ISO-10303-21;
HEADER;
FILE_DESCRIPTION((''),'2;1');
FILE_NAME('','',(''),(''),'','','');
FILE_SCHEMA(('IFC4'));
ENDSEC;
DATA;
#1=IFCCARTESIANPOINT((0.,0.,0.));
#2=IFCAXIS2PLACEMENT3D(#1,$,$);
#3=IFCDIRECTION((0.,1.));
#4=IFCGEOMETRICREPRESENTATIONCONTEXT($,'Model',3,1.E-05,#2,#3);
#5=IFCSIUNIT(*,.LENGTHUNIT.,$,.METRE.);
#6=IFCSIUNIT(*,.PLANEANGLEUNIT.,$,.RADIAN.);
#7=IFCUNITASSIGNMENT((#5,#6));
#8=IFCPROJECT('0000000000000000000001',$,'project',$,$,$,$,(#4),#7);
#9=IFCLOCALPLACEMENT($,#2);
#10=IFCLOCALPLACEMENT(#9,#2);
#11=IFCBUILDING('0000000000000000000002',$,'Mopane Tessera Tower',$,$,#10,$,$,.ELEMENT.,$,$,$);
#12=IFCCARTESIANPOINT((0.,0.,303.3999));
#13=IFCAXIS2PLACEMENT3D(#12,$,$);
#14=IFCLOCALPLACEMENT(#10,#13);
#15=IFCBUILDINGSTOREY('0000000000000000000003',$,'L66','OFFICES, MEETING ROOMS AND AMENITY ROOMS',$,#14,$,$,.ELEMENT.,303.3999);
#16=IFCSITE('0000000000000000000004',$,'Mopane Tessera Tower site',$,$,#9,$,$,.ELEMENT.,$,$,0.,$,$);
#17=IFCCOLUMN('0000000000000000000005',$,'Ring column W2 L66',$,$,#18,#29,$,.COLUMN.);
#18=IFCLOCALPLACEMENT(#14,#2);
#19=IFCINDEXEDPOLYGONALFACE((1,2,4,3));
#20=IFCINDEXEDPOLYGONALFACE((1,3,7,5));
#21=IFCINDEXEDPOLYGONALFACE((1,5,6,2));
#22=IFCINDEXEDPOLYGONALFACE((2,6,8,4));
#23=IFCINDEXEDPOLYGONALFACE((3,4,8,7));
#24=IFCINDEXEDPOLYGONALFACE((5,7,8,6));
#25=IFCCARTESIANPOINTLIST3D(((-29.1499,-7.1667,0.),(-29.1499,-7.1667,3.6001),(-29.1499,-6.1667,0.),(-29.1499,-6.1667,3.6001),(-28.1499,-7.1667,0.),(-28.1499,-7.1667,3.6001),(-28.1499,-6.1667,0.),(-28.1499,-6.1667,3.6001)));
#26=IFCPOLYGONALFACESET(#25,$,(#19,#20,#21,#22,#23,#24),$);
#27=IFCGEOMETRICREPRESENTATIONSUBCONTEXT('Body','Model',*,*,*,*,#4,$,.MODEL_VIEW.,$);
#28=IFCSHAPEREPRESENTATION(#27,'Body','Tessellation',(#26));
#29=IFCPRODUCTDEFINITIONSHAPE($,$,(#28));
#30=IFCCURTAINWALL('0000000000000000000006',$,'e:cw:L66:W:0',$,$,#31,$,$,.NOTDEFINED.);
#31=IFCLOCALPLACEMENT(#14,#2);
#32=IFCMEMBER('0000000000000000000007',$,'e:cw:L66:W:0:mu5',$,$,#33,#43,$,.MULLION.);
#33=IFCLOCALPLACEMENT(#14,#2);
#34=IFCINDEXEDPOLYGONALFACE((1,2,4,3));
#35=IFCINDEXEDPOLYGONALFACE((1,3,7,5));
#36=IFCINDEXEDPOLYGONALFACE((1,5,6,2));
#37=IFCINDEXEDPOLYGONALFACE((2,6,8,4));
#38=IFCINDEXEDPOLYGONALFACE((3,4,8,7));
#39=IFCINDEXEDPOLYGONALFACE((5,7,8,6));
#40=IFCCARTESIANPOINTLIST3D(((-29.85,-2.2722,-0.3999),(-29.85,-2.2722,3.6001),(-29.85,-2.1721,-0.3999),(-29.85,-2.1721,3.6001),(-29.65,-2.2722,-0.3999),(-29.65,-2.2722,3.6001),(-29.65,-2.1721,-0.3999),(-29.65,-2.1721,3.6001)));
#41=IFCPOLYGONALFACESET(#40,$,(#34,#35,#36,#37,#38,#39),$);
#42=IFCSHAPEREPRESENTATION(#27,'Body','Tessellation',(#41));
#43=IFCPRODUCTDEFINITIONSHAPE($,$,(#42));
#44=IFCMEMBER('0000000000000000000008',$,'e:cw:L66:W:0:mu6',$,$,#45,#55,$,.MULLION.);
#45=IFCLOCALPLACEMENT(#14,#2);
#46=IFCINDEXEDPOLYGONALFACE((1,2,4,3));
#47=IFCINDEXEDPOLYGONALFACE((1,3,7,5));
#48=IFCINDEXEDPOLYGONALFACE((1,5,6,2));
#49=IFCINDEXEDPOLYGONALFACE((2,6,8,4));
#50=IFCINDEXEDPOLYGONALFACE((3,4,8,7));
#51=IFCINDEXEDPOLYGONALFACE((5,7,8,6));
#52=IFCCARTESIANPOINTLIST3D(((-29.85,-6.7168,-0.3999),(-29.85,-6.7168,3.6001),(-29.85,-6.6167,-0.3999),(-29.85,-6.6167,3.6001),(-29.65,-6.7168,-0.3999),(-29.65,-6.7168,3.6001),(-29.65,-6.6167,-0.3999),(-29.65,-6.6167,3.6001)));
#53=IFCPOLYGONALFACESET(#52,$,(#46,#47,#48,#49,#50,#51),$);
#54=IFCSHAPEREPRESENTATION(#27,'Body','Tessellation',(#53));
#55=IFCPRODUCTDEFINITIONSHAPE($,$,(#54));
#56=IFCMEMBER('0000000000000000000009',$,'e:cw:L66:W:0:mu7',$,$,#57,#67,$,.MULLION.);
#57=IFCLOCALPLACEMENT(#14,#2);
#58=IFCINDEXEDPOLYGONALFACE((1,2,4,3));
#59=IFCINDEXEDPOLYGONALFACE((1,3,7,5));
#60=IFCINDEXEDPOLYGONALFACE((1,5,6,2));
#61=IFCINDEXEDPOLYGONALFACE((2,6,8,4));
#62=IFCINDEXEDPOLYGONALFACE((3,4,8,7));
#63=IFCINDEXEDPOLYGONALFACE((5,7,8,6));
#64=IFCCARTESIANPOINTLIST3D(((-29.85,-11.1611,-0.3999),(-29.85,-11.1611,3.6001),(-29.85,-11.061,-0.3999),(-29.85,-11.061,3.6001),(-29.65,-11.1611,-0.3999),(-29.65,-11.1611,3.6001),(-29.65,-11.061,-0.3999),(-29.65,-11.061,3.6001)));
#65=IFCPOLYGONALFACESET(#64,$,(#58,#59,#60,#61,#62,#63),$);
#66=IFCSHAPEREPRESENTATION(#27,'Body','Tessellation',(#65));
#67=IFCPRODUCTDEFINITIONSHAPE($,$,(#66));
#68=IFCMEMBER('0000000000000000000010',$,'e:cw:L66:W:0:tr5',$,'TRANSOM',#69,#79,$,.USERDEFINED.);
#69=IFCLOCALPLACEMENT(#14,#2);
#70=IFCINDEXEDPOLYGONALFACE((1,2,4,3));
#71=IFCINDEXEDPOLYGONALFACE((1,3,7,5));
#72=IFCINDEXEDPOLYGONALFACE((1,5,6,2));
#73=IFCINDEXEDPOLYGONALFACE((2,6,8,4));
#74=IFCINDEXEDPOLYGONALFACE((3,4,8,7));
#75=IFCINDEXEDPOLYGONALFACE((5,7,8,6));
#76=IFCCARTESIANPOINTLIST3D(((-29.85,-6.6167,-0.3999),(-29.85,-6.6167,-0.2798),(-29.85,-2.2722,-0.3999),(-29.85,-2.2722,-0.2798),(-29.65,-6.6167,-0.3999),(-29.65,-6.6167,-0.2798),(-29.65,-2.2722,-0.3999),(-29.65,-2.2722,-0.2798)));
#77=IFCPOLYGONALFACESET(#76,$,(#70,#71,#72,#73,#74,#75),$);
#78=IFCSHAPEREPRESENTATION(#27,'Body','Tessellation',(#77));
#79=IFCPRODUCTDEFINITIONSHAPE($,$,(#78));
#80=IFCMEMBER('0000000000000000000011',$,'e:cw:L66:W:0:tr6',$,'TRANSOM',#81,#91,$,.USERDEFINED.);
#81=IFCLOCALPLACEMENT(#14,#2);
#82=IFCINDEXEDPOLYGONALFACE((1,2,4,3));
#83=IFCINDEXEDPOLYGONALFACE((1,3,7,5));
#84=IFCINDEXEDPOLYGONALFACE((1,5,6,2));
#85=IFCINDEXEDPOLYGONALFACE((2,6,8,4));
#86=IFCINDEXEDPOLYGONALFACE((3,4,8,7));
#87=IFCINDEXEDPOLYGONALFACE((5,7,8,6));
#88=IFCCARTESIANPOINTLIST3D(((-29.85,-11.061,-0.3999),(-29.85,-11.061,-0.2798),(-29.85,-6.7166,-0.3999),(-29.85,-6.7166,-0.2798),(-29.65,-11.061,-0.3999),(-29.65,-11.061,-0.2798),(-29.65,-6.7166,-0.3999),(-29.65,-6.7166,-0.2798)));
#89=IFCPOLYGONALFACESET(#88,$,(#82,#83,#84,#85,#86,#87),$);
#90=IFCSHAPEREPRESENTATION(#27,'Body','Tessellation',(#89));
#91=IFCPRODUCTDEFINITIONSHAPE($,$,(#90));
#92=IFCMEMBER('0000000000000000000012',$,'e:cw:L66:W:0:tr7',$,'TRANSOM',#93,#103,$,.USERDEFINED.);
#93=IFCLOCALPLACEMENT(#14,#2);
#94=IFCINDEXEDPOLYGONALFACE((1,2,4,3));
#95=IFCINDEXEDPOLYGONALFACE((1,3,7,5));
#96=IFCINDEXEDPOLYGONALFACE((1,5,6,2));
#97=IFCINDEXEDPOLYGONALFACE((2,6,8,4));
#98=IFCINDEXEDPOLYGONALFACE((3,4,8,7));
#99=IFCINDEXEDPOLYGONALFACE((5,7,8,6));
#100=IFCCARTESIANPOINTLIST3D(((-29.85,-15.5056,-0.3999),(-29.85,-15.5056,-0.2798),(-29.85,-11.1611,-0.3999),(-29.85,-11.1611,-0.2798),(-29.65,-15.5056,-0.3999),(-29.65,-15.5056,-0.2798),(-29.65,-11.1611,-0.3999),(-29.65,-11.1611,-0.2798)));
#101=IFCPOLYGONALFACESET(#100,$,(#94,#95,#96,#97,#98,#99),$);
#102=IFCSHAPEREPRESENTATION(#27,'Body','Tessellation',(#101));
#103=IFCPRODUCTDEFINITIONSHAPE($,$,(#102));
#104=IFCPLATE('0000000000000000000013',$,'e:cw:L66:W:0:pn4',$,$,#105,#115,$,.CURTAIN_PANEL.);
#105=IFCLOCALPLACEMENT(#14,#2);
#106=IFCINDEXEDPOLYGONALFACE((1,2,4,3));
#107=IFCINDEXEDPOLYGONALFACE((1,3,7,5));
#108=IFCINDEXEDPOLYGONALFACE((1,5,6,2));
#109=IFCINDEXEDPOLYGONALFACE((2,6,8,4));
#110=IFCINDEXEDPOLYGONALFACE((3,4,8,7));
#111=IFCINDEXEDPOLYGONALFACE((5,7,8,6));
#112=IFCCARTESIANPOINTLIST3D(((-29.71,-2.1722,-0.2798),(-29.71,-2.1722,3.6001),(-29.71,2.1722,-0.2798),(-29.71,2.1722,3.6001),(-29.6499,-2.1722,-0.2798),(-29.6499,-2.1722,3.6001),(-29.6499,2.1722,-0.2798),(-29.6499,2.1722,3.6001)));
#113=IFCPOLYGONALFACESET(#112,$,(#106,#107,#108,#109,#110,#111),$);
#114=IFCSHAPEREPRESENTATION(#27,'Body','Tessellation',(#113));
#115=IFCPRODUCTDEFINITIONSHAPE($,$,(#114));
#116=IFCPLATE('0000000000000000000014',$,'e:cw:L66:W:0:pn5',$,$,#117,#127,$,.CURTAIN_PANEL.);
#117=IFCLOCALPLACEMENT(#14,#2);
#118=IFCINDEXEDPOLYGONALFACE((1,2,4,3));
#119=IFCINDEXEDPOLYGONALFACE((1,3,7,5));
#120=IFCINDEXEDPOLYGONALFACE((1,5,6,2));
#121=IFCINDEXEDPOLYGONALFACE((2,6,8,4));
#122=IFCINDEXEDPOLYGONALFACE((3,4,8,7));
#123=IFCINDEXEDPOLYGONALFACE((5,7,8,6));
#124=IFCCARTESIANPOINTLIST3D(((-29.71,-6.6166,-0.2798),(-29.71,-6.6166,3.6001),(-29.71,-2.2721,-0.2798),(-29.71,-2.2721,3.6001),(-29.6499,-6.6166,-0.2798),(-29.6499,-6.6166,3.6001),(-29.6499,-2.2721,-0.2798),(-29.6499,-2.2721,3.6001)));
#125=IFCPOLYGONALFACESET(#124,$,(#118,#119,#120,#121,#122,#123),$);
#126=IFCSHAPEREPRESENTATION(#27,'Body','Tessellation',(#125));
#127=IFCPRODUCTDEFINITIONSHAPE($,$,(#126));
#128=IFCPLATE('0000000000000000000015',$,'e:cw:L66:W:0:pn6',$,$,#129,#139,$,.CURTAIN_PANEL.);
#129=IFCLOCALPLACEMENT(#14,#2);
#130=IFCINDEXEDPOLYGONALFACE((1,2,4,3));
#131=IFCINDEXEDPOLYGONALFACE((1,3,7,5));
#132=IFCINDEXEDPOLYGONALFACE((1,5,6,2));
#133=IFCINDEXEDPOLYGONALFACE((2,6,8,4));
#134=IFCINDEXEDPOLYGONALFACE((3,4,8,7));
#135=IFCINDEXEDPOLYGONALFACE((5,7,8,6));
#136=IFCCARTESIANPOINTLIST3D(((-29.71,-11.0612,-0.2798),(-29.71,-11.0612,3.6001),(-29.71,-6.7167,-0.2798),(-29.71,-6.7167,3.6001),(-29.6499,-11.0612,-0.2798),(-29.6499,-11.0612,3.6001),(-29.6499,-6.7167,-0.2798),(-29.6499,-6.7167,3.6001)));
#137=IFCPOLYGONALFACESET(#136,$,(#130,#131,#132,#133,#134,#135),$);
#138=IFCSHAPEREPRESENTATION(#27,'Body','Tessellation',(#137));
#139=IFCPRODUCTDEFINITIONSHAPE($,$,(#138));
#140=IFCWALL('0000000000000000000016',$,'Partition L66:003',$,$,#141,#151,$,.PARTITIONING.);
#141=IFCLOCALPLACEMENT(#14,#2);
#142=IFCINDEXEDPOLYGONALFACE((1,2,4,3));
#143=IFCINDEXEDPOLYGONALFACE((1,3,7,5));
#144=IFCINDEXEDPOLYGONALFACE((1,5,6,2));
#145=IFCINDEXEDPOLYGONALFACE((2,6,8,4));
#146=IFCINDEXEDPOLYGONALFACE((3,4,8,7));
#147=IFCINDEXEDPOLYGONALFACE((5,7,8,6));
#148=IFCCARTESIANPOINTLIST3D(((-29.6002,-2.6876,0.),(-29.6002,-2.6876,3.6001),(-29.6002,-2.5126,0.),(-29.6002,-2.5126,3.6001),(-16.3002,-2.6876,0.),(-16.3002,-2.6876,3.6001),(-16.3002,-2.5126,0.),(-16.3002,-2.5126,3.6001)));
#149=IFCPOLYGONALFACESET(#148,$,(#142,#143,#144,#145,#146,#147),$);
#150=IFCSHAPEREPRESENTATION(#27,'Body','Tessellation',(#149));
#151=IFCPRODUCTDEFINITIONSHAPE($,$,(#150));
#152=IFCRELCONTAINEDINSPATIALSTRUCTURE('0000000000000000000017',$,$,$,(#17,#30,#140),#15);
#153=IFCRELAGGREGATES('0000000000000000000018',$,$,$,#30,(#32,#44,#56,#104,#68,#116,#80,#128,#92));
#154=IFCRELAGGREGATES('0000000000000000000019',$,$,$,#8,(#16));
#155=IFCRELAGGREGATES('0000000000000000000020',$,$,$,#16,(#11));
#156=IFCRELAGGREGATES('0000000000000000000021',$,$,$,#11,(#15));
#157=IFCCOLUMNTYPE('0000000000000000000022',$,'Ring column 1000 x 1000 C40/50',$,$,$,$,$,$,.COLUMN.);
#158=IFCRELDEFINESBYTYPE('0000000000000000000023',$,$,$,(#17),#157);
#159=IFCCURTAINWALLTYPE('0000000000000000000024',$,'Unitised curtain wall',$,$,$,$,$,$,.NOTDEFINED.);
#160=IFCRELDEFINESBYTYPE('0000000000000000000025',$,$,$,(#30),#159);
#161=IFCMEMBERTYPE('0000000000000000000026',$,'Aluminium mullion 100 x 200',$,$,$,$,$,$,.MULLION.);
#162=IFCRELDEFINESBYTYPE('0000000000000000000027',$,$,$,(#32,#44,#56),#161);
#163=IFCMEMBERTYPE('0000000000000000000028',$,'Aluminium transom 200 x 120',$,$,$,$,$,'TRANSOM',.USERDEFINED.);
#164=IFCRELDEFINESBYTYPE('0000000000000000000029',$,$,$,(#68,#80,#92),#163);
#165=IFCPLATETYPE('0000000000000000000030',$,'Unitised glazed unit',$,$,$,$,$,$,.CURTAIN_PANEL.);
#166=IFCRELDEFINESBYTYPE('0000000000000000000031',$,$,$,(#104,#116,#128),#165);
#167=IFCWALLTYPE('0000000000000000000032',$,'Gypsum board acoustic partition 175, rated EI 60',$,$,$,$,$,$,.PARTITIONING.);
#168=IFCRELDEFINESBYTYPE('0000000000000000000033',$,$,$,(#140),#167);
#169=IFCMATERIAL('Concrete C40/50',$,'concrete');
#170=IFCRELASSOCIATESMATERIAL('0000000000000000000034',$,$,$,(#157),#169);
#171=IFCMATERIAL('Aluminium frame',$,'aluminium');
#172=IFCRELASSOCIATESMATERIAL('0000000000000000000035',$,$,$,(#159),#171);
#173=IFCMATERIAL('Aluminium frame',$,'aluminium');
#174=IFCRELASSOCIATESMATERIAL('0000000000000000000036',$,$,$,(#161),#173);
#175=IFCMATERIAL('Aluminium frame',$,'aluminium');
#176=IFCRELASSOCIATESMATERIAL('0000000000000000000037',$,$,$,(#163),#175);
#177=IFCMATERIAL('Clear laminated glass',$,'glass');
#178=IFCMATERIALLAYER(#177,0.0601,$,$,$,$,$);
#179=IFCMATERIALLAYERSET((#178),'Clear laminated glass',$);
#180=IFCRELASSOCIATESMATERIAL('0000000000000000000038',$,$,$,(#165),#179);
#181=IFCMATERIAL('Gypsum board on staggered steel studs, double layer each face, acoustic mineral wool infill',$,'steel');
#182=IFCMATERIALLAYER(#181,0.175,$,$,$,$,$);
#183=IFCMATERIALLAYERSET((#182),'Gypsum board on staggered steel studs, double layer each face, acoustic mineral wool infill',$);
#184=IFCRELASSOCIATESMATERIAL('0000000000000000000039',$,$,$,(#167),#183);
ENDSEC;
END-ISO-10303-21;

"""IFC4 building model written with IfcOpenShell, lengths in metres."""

from ifc_helpers import new_model, si_unit, direction, frame, frame_2d, origin, origin_2d, place, context, subcontext, project, spatial, rectangle, extrude, material, layer, layer_set, material_profile, profile_set, type_object, element, aggregate, save


model = new_model("IFC4")

# Units and contexts
model_context = context("Model", 3, precision=1e-05, world=origin(), true_north=direction((0.0, 1.0)))
body_context = subcontext(model_context, "Body", "Model", "MODEL_VIEW")
ifc_project = project(units=[si_unit("LENGTHUNIT", "METRE"), si_unit("PLANEANGLEUNIT", "RADIAN")], contexts=[model_context])

# Site, building, storey
site_placement = place(None, origin())
site = spatial("IfcSite", under=ifc_project, at=site_placement, Name="Mopane Tessera Tower site", CompositionType="ELEMENT", RefElevation=0.0)
building_placement = place(site_placement, origin())
building = spatial("IfcBuilding", under=site, at=building_placement, Name="Mopane Tessera Tower", CompositionType="ELEMENT")
storey_placement = place(building_placement, frame((0.0, 0.0, 303.3999)))
storey = spatial("IfcBuildingStorey", under=building, at=storey_placement, Name="L66", Description="OFFICES, MEETING ROOMS AND AMENITY ROOMS", CompositionType="ELEMENT", Elevation=303.3999)

# Column
ifc_material_1 = material(Name="Concrete C40/50", Category="concrete")
ifc_material_profile_1 = material_profile(ifc_material_1, rectangle(XDim=1.0, YDim=1.0, at=origin_2d()))
ifc_profile_set_1 = profile_set([ifc_material_profile_1], Name="Concrete C40/50")
column_type = type_object("IfcColumnType", Name="Ring column 1000 x 1000 C40/50", PredefinedType="COLUMN", material=ifc_profile_set_1)
column_placement = place(storey_placement, frame((-28.6499, -6.6667, 0.0), z_axis=(0.0, 0.0, 1.0), x_axis=(1.0, 0.0, 0.0)))
element("IfcColumn", 1, at=column_placement, inside=storey, type_object=column_type, Name="Ring column W2 L66", PredefinedType="COLUMN", context=body_context, shape_type="SweptSolid", body=[
    extrude(rectangle(XDim=1.0, YDim=1.0, at=origin_2d()), origin(), (0.0, 0.0, 1.0), 3.6001),
])

# Curtain wall, members, plates
ifc_material_2 = material(Name="Aluminium frame", Category="aluminium")
curtain_wall_type = type_object("IfcCurtainWallType", Name="Unitised curtain wall", PredefinedType="NOTDEFINED", material=ifc_material_2)
curtain_wall_placement = place(storey_placement, origin())
curtain_wall = element("IfcCurtainWall", 2, at=curtain_wall_placement, inside=storey, type_object=curtain_wall_type, Name="e:cw:L66:W:0", PredefinedType="NOTDEFINED")
ifc_material_3 = material(Name="Aluminium frame", Category="aluminium")
ifc_material_profile_2 = material_profile(ifc_material_3, rectangle(XDim=0.1001, YDim=0.2, at=origin_2d()))
ifc_profile_set_2 = profile_set([ifc_material_profile_2], Name="Aluminium frame")
member_type_1 = type_object("IfcMemberType", Name="Aluminium mullion 100 x 200", PredefinedType="MULLION", material=ifc_profile_set_2)
member_1_placement = place(storey_placement, frame((-29.75, -2.2222, -0.3999), z_axis=(0.0, 0.0, 1.0), x_axis=(0.0, -1.0, 0.0)))
member_1 = element("IfcMember", 3, at=member_1_placement, type_object=member_type_1, Name="e:cw:L66:W:0:mu5", PredefinedType="MULLION", context=body_context, shape_type="SweptSolid", body=[
    extrude(rectangle(XDim=0.1001, YDim=0.2, at=origin_2d()), origin(), (0.0, 0.0, 1.0), 4.0),
])
member_2_placement = place(storey_placement, frame((-29.75, -6.6667, -0.3999), z_axis=(0.0, 0.0, 1.0), x_axis=(0.0, -1.0, 0.0)))
member_2 = element("IfcMember", 4, at=member_2_placement, type_object=member_type_1, Name="e:cw:L66:W:0:mu6", PredefinedType="MULLION", context=body_context, shape_type="SweptSolid", body=[
    extrude(rectangle(XDim=0.1001, YDim=0.2, at=origin_2d()), origin(), (0.0, 0.0, 1.0), 4.0),
])
member_3_placement = place(storey_placement, frame((-29.75, -11.1111, -0.3999), z_axis=(0.0, 0.0, 1.0), x_axis=(0.0, -1.0, 0.0)))
member_3 = element("IfcMember", 5, at=member_3_placement, type_object=member_type_1, Name="e:cw:L66:W:0:mu7", PredefinedType="MULLION", context=body_context, shape_type="SweptSolid", body=[
    extrude(rectangle(XDim=0.1001, YDim=0.2, at=origin_2d()), origin(), (0.0, 0.0, 1.0), 4.0),
])
ifc_material_4 = material(Name="Aluminium frame", Category="aluminium")
ifc_material_profile_3 = material_profile(ifc_material_4, rectangle(XDim=0.2, YDim=0.1201, at=origin_2d()))
ifc_profile_set_3 = profile_set([ifc_material_profile_3], Name="Aluminium frame")
member_type_2 = type_object("IfcMemberType", Name="Aluminium transom 200 x 120", ElementType="TRANSOM", PredefinedType="USERDEFINED", material=ifc_profile_set_3)
member_4_placement = place(storey_placement, frame((-29.75, -2.2722, -0.3398), z_axis=(0.0, -1.0, 0.0), x_axis=(1.0, 0.0, 0.0)))
member_4 = element("IfcMember", 6, at=member_4_placement, type_object=member_type_2, Name="e:cw:L66:W:0:tr5", ObjectType="TRANSOM", PredefinedType="USERDEFINED", context=body_context, shape_type="SweptSolid", body=[
    extrude(rectangle(XDim=0.2, YDim=0.1201, at=origin_2d()), origin(), (0.0, 0.0, 1.0), 4.3445),
])
member_5_placement = place(storey_placement, frame((-29.75, -6.7166, -0.3398), z_axis=(0.0, -1.0, 0.0), x_axis=(1.0, 0.0, 0.0)))
member_5 = element("IfcMember", 7, at=member_5_placement, type_object=member_type_2, Name="e:cw:L66:W:0:tr6", ObjectType="TRANSOM", PredefinedType="USERDEFINED", context=body_context, shape_type="SweptSolid", body=[
    extrude(rectangle(XDim=0.2, YDim=0.1201, at=origin_2d()), origin(), (0.0, 0.0, 1.0), 4.3445),
])
member_6_placement = place(storey_placement, frame((-29.75, -11.1611, -0.3398), z_axis=(0.0, -1.0, 0.0), x_axis=(1.0, 0.0, 0.0)))
member_6 = element("IfcMember", 8, at=member_6_placement, type_object=member_type_2, Name="e:cw:L66:W:0:tr7", ObjectType="TRANSOM", PredefinedType="USERDEFINED", context=body_context, shape_type="SweptSolid", body=[
    extrude(rectangle(XDim=0.2, YDim=0.1201, at=origin_2d()), origin(), (0.0, 0.0, 1.0), 4.3445),
])
ifc_material_5 = material(Name="Clear laminated glass", Category="glass")
ifc_layer_1 = layer(ifc_material_5, 0.0601)
ifc_layer_set_1 = layer_set([ifc_layer_1], Name="Clear laminated glass")
plate_type = type_object("IfcPlateType", Name="Unitised glazed unit", PredefinedType="CURTAIN_PANEL", material=ifc_layer_set_1)
plate_1_placement = place(storey_placement, frame((-29.6799, 0.0, -0.2798), z_axis=(0.0, 0.0, 1.0), x_axis=(0.0, -1.0, 0.0)))
plate_1 = element("IfcPlate", 9, at=plate_1_placement, type_object=plate_type, Name="e:cw:L66:W:0:pn4", PredefinedType="CURTAIN_PANEL", context=body_context, shape_type="SweptSolid", body=[
    extrude(rectangle(XDim=4.3445, YDim=0.0601, at=origin_2d()), origin(), (0.0, 0.0, 1.0), 3.8799),
])
plate_2_placement = place(storey_placement, frame((-29.6799, -4.4443, -0.2798), z_axis=(0.0, 0.0, 1.0), x_axis=(0.0, -1.0, 0.0)))
plate_2 = element("IfcPlate", 10, at=plate_2_placement, type_object=plate_type, Name="e:cw:L66:W:0:pn5", PredefinedType="CURTAIN_PANEL", context=body_context, shape_type="SweptSolid", body=[
    extrude(rectangle(XDim=4.3445, YDim=0.0601, at=origin_2d()), origin(), (0.0, 0.0, 1.0), 3.8799),
])
plate_3_placement = place(storey_placement, frame((-29.6799, -8.8889, -0.2798), z_axis=(0.0, 0.0, 1.0), x_axis=(0.0, -1.0, 0.0)))
plate_3 = element("IfcPlate", 11, at=plate_3_placement, type_object=plate_type, Name="e:cw:L66:W:0:pn6", PredefinedType="CURTAIN_PANEL", context=body_context, shape_type="SweptSolid", body=[
    extrude(rectangle(XDim=4.3445, YDim=0.0601, at=origin_2d()), origin(), (0.0, 0.0, 1.0), 3.8799),
])
aggregate(curtain_wall, [member_1, member_2, member_3, plate_1, member_4, plate_2, member_5, plate_3, member_6])

# Wall
ifc_material_6 = material(Name="Gypsum board on staggered steel studs, double layer each face, acoustic mineral wool infill", Category="steel")
ifc_layer_2 = layer(ifc_material_6, 0.175)
ifc_layer_set_2 = layer_set([ifc_layer_2], Name="Gypsum board on staggered steel studs, double layer each face, acoustic mineral wool infill")
wall_type_1 = type_object("IfcWallType", Name="Gypsum board acoustic partition 175, rated EI 60", PredefinedType="PARTITIONING", material=ifc_layer_set_2)
wall_1_placement = place(storey_placement, frame((-29.6001, -2.6001, 0.0), z_axis=(0.0, 0.0, 1.0), x_axis=(1.0, 0.0, 0.0)))
element("IfcWall", 12, at=wall_1_placement, inside=storey, type_object=wall_type_1, Name="Partition L66:003", PredefinedType="PARTITIONING", context=body_context, shape_type="SweptSolid", body=[
    extrude(rectangle(XDim=13.3, YDim=0.175, at=frame_2d((6.6499, 0.0))), origin(), (0.0, 0.0, 1.0), 3.6001),
])

save(model, "model.ifc")
